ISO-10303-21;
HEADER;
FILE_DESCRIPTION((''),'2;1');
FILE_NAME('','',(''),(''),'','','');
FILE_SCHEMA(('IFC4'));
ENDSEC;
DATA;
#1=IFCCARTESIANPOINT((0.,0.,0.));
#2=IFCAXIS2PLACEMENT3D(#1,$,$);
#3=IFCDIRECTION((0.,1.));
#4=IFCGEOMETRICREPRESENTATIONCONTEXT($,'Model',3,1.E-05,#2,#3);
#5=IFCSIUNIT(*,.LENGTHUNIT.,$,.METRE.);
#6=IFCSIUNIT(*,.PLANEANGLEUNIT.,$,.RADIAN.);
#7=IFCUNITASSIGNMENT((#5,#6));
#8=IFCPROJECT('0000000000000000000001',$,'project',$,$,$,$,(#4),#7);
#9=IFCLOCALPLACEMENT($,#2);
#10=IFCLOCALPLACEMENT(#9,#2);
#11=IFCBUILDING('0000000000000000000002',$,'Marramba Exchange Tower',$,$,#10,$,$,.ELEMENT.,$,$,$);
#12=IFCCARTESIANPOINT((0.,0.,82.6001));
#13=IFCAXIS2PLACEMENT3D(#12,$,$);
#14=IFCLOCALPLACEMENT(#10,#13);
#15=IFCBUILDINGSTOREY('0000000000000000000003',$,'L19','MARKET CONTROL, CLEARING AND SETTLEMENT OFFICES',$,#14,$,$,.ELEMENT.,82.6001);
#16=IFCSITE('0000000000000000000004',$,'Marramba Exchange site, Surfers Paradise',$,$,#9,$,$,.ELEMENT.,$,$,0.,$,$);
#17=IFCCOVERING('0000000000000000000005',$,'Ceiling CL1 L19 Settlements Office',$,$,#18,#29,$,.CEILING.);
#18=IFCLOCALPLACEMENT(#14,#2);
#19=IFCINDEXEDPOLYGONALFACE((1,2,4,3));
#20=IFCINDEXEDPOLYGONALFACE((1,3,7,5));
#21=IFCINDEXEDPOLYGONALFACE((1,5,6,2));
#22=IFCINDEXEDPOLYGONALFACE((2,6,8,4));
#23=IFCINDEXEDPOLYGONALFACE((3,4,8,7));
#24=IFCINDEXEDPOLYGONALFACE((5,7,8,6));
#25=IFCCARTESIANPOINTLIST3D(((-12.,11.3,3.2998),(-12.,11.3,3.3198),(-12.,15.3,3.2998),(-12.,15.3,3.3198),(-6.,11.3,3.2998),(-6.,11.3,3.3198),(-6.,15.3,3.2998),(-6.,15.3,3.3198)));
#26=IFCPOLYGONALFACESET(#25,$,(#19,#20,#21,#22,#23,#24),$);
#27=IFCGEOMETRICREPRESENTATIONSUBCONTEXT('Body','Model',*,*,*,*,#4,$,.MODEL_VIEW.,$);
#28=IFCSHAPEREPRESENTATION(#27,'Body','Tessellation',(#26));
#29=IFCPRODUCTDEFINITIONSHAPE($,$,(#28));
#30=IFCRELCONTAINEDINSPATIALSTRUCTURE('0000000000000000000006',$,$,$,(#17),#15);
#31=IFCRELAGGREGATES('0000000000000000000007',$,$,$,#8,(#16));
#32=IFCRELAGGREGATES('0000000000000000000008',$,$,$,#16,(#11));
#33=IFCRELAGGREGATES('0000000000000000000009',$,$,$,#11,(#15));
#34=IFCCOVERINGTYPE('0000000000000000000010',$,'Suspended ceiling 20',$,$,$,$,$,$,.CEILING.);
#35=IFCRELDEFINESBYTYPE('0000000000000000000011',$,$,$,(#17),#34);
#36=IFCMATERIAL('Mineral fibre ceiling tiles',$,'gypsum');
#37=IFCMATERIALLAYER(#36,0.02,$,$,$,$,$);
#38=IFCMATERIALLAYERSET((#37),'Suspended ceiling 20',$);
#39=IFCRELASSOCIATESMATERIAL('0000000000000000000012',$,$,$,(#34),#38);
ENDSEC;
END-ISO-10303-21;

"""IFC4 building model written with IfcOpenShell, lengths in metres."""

from ifc_helpers import new_model, si_unit, direction, frame, origin, place, context, subcontext, project, spatial, polyline, outline, extrude, material, layer, layer_set, type_object, element, save


model = new_model("IFC4")

# Units and contexts
model_context = context("Model", 3, precision=1e-05, world=origin(), true_north=direction((0.0, 1.0)))
body_context = subcontext(model_context, "Body", "Model", "MODEL_VIEW")
ifc_project = project(units=[si_unit("LENGTHUNIT", "METRE"), si_unit("PLANEANGLEUNIT", "RADIAN")], contexts=[model_context])

# Site, building, storey
site_placement = place(None, origin())
site = spatial("IfcSite", under=ifc_project, at=site_placement, Name="Marramba Exchange site, Surfers Paradise", CompositionType="ELEMENT", RefElevation=0.0)
building_placement = place(site_placement, origin())
building = spatial("IfcBuilding", under=site, at=building_placement, Name="Marramba Exchange Tower", CompositionType="ELEMENT")
storey_placement = place(building_placement, frame((0.0, 0.0, 82.6001)))
storey = spatial("IfcBuildingStorey", under=building, at=storey_placement, Name="L19", Description="MARKET CONTROL, CLEARING AND SETTLEMENT OFFICES", CompositionType="ELEMENT", Elevation=82.6001)

# Covering
ifc_material_1 = material(Name="Mineral fibre ceiling tiles", Category="gypsum")
ifc_layer_1 = layer(ifc_material_1, 0.02)
ifc_layer_set_1 = layer_set([ifc_layer_1], Name="Suspended ceiling 20")
covering_type_1 = type_object("IfcCoveringType", Name="Suspended ceiling 20", PredefinedType="CEILING", material=ifc_layer_set_1)
covering_1_placement = place(storey_placement, frame((0.0, 0.0, 3.2998)))
element("IfcCovering", 1, at=covering_1_placement, inside=storey, type_object=covering_type_1, Name="Ceiling CL1 L19 Settlements Office", PredefinedType="CEILING", context=body_context, shape_type="SweptSolid", body=[
    extrude(outline(polyline([(-6.0, 11.3), (-12.0, 11.3), (-12.0, 15.3), (-6.0, 15.3), (-6.0, 11.3)])), origin(), (0.0, 0.0, 1.0), 0.02),
])

save(model, "model.ifc")
